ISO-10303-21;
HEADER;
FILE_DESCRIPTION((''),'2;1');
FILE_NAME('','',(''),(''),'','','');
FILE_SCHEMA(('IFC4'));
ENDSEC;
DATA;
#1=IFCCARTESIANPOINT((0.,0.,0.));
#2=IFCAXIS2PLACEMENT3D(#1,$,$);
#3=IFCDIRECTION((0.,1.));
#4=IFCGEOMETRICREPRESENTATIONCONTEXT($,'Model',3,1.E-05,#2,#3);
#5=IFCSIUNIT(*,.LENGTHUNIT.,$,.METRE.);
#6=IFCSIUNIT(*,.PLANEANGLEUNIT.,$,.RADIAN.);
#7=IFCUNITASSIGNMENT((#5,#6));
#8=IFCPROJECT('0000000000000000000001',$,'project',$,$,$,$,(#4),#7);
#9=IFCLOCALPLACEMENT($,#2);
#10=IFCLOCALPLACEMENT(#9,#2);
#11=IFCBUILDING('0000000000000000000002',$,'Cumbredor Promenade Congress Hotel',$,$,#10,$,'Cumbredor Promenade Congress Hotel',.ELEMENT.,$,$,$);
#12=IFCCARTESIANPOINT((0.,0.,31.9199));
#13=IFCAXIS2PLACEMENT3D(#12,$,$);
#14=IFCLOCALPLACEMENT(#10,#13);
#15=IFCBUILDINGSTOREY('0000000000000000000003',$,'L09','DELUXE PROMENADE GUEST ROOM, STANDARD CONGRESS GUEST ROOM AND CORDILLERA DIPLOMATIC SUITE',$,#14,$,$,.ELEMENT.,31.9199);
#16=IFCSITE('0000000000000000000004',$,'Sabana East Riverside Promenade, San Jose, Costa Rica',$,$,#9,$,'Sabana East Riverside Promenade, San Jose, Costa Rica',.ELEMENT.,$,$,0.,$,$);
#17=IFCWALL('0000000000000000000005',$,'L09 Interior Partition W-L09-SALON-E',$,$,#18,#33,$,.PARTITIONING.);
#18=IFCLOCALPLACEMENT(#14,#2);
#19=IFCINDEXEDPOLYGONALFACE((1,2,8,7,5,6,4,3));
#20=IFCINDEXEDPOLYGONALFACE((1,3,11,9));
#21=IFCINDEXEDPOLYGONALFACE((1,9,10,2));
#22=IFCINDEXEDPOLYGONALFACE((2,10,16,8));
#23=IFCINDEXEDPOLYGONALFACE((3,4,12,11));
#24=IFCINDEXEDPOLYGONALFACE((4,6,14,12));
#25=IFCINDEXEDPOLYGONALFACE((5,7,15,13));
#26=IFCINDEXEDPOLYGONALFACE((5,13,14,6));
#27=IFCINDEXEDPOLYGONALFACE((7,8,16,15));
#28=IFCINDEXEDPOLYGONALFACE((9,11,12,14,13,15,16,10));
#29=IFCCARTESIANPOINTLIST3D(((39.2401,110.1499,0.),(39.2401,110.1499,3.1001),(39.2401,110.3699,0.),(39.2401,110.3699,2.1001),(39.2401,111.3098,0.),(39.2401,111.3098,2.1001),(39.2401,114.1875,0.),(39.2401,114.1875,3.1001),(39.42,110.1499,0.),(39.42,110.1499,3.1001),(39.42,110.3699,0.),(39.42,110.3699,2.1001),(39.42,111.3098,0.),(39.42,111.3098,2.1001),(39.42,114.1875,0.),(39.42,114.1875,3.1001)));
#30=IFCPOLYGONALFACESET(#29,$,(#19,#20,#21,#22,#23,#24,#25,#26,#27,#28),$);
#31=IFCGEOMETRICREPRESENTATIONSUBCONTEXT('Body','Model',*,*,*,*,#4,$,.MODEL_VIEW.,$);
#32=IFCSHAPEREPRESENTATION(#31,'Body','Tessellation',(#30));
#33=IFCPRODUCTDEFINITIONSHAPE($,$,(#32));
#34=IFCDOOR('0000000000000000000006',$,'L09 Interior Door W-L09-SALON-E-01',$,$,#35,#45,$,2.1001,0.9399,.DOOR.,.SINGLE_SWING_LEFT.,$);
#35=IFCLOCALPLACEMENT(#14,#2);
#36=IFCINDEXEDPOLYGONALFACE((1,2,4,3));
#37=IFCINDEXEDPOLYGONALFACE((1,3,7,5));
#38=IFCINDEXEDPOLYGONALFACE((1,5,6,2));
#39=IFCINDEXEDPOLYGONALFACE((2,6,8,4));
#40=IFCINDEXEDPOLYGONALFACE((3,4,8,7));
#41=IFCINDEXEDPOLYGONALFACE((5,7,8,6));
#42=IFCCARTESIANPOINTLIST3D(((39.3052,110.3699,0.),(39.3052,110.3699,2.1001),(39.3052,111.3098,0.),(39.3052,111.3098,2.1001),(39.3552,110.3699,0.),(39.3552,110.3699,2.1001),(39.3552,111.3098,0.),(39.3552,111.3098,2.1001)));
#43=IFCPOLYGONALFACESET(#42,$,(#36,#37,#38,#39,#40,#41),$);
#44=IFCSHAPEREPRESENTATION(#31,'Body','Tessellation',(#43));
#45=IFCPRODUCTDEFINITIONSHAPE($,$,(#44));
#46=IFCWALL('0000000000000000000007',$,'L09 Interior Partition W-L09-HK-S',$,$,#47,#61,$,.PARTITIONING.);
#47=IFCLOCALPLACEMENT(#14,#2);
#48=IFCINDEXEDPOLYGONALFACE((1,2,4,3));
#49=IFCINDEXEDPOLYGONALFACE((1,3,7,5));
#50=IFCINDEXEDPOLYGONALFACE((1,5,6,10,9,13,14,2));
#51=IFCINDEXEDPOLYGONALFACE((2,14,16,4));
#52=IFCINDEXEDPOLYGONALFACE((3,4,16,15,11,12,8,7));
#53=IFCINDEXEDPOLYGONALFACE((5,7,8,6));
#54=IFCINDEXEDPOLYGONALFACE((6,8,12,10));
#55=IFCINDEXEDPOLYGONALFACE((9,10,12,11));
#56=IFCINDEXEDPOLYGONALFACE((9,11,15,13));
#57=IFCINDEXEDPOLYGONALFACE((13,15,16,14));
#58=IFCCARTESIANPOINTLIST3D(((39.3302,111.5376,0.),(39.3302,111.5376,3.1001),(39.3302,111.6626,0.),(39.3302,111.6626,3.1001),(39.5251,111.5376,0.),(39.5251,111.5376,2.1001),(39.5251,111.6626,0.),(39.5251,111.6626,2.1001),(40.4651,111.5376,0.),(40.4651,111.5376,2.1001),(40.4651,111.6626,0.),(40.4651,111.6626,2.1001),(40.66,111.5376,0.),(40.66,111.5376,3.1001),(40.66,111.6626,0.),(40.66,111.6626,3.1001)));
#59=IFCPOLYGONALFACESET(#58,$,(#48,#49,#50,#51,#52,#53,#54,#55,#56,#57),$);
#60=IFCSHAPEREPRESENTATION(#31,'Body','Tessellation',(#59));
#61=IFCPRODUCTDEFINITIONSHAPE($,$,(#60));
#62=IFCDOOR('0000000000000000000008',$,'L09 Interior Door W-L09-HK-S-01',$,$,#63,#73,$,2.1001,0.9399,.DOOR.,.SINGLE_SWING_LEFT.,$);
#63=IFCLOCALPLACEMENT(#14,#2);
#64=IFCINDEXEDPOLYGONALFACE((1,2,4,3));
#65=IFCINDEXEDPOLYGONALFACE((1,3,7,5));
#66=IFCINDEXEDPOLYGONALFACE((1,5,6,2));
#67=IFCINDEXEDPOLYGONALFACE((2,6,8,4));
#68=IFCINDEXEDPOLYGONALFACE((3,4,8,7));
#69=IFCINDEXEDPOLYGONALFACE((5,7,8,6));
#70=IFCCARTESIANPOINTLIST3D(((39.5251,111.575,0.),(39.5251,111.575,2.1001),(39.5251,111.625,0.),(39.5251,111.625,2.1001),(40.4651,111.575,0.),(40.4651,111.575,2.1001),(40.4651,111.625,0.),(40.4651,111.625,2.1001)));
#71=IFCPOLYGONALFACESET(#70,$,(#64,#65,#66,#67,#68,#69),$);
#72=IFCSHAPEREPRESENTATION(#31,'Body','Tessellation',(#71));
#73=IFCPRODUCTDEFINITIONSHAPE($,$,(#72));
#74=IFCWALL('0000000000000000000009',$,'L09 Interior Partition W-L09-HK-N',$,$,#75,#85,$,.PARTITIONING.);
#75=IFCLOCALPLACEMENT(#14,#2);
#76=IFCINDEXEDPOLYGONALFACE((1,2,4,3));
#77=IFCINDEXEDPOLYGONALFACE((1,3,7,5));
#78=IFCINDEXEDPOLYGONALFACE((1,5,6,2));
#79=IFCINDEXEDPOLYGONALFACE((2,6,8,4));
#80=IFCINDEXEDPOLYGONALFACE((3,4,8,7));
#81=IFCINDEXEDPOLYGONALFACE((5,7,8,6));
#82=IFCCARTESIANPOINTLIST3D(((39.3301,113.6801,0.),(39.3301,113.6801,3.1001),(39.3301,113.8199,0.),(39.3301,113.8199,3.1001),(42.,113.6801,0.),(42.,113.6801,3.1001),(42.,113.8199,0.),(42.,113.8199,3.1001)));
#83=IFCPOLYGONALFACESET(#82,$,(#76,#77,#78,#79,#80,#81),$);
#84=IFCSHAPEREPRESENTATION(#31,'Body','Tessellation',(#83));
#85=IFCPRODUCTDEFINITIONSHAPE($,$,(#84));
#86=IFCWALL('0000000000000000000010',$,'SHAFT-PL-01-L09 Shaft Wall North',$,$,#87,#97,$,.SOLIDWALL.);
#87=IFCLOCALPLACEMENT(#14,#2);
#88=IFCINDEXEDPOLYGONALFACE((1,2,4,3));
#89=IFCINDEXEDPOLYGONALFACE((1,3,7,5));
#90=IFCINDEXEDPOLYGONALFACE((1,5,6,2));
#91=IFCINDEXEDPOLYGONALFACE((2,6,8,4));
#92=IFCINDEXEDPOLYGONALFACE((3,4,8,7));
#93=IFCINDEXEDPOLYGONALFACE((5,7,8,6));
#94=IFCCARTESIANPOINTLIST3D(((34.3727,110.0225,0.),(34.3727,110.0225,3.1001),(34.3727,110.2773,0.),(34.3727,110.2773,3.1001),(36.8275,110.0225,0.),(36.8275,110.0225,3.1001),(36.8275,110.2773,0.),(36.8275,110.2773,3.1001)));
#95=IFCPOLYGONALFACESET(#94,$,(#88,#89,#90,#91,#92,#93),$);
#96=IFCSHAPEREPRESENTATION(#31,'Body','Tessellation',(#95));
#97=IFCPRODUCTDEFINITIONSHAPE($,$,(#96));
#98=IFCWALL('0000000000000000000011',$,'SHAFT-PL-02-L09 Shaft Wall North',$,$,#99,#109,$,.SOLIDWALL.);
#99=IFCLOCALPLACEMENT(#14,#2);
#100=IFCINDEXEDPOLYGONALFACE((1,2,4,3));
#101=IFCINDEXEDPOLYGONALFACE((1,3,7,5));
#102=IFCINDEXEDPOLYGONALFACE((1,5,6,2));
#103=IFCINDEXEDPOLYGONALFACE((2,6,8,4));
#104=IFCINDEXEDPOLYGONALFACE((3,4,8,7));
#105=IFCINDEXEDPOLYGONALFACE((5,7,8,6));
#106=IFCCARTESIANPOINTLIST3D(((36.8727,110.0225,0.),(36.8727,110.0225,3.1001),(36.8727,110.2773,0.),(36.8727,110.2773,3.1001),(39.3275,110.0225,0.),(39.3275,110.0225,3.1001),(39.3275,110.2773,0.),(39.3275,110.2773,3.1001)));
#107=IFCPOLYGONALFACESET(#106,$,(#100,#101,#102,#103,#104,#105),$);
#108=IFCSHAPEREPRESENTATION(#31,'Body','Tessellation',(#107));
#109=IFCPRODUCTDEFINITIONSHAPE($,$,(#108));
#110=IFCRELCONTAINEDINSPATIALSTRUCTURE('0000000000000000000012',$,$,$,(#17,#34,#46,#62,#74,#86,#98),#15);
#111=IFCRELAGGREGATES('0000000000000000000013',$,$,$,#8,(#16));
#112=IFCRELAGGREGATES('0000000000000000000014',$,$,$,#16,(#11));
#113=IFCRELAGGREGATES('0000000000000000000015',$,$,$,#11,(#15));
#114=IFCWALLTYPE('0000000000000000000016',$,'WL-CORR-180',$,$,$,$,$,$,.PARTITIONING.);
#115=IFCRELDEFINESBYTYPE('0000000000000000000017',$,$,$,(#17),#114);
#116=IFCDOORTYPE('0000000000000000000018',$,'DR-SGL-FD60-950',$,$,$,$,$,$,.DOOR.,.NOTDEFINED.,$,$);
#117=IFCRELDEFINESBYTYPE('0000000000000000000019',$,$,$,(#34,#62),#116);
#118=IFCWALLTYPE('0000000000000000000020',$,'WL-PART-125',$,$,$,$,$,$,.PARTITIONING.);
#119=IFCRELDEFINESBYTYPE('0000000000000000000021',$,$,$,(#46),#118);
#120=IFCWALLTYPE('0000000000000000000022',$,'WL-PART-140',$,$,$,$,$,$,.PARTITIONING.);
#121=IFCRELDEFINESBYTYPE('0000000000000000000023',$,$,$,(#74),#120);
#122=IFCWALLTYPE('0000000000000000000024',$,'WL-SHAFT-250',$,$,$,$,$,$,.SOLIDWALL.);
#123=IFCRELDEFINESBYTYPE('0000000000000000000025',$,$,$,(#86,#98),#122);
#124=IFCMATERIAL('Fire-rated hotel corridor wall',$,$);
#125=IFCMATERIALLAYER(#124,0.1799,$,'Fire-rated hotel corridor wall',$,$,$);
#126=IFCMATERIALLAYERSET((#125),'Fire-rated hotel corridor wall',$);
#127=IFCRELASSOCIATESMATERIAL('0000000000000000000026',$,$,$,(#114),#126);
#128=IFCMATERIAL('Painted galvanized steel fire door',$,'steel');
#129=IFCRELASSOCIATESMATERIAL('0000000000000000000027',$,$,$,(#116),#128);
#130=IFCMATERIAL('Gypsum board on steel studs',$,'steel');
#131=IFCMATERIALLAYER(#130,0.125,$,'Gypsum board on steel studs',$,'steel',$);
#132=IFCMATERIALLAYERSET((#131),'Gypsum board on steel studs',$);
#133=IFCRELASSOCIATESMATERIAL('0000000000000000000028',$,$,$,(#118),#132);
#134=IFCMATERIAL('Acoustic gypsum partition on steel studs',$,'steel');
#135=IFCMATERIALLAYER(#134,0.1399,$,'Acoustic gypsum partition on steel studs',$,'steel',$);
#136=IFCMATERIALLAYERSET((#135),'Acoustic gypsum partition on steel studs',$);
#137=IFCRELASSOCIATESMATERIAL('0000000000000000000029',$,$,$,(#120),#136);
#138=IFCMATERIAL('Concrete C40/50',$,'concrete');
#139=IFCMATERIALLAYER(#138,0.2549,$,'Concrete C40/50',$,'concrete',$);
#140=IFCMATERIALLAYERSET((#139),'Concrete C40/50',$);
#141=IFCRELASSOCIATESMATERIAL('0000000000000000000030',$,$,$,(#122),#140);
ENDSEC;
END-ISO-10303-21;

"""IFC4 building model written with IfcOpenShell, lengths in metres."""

from ifc_helpers import new_model, si_unit, direction, frame, frame_2d, origin, place, context, subcontext, project, spatial, rectangle, extrude, material, layer, layer_set, type_object, element, fill, save


model = new_model("IFC4")

# Units and contexts
model_context = context("Model", 3, precision=1e-05, world=origin(), true_north=direction((0.0, 1.0)))
body_context = subcontext(model_context, "Body", "Model", "MODEL_VIEW")
ifc_project = project(units=[si_unit("LENGTHUNIT", "METRE"), si_unit("PLANEANGLEUNIT", "RADIAN")], contexts=[model_context])

# Site, building, storey
site_placement = place(None, origin())
site = spatial("IfcSite", under=ifc_project, at=site_placement, Name="Sabana East Riverside Promenade, San Jose, Costa Rica", LongName="Sabana East Riverside Promenade, San Jose, Costa Rica", CompositionType="ELEMENT", RefElevation=0.0)
building_placement = place(site_placement, origin())
building = spatial("IfcBuilding", under=site, at=building_placement, Name="Cumbredor Promenade Congress Hotel", LongName="Cumbredor Promenade Congress Hotel", CompositionType="ELEMENT")
storey_placement = place(building_placement, frame((0.0, 0.0, 31.9199)))
storey = spatial("IfcBuildingStorey", under=building, at=storey_placement, Name="L09", Description="DELUXE PROMENADE GUEST ROOM, STANDARD CONGRESS GUEST ROOM AND CORDILLERA DIPLOMATIC SUITE", CompositionType="ELEMENT", Elevation=31.9199)

# Walls, openings, doors
ifc_material_1 = material(Name="Fire-rated hotel corridor wall")
ifc_layer_1 = layer(ifc_material_1, 0.1799, Name="Fire-rated hotel corridor wall")
ifc_layer_set_1 = layer_set([ifc_layer_1], Name="Fire-rated hotel corridor wall")
wall_type_1 = type_object("IfcWallType", Name="WL-CORR-180", PredefinedType="PARTITIONING", material=ifc_layer_set_1)
wall_1_placement = place(storey_placement, frame((39.3301, 110.1499, 0.0), z_axis=(0.0, 0.0, 1.0), x_axis=(0.0, 1.0, 0.0)))
wall_1 = element("IfcWall", 1, at=wall_1_placement, inside=storey, type_object=wall_type_1, Name="L09 Interior Partition W-L09-SALON-E", PredefinedType="PARTITIONING", context=body_context, shape_type="SweptSolid", body=[
    extrude(rectangle(XDim=4.0376, YDim=0.1799, at=frame_2d((2.0188, 0.0))), origin(), (0.0, 0.0, 1.0), 3.1001),
])
opening_1_placement = place(wall_1_placement, frame((0.22, 0.0, 0.0)))
opening_1 = element("IfcOpeningElement", 2, at=opening_1_placement, cuts=wall_1, PredefinedType="OPENING", context=body_context, shape_type="SweptSolid", body=[
    extrude(rectangle(XDim=0.9399, YDim=2.1001, at=frame_2d((0.47, 1.05))), frame((0.0, 0.1001, 0.0), z_axis=(0.0, -1.0, 0.0), x_axis=(1.0, 0.0, 0.0)), (0.0, 0.0, 1.0), 0.2),
])
ifc_material_2 = material(Name="Painted galvanized steel fire door", Category="steel")
door_type = type_object("IfcDoorType", Name="DR-SGL-FD60-950", OperationType="NOTDEFINED", PredefinedType="DOOR", material=ifc_material_2)
door_1_placement = place(opening_1_placement, origin())
door_1 = element("IfcDoor", 3, at=door_1_placement, inside=storey, type_object=door_type, Name="L09 Interior Door W-L09-SALON-E-01", OperationType="SINGLE_SWING_LEFT", OverallHeight=2.1001, OverallWidth=0.9399, PredefinedType="DOOR", context=body_context, shape_type="SweptSolid", body=[
    extrude(rectangle(XDim=0.9399, YDim=2.1001, at=frame_2d((0.47, 1.05))), frame((0.0, 0.0249, 0.0), z_axis=(0.0, -1.0, 0.0), x_axis=(1.0, 0.0, 0.0)), (0.0, 0.0, 1.0), 0.05),
])
fill(opening_1, door_1)
ifc_material_3 = material(Name="Gypsum board on steel studs", Category="steel")
ifc_layer_2 = layer(ifc_material_3, 0.125, Name="Gypsum board on steel studs", Category="steel")
ifc_layer_set_2 = layer_set([ifc_layer_2], Name="Gypsum board on steel studs")
wall_type_2 = type_object("IfcWallType", Name="WL-PART-125", PredefinedType="PARTITIONING", material=ifc_layer_set_2)
wall_2_placement = place(storey_placement, frame((39.3301, 111.6001, 0.0), z_axis=(0.0, 0.0, 1.0), x_axis=(1.0, 0.0, 0.0)))
wall_2 = element("IfcWall", 4, at=wall_2_placement, inside=storey, type_object=wall_type_2, Name="L09 Interior Partition W-L09-HK-S", PredefinedType="PARTITIONING", context=body_context, shape_type="SweptSolid", body=[
    extrude(rectangle(XDim=1.3298, YDim=0.125, at=frame_2d((0.665, 0.0))), origin(), (0.0, 0.0, 1.0), 3.1001),
])
opening_2_placement = place(wall_2_placement, frame((0.1951, 0.0, 0.0)))
opening_2 = element("IfcOpeningElement", 5, at=opening_2_placement, cuts=wall_2, PredefinedType="OPENING", context=body_context, shape_type="SweptSolid", body=[
    extrude(rectangle(XDim=0.9399, YDim=2.1001, at=frame_2d((0.47, 1.05))), frame((0.0, 0.0725, 0.0), z_axis=(0.0, -1.0, 0.0), x_axis=(1.0, 0.0, 0.0)), (0.0, 0.0, 1.0), 0.145),
])
door_2_placement = place(opening_2_placement, origin())
door_2 = element("IfcDoor", 6, at=door_2_placement, inside=storey, type_object=door_type, Name="L09 Interior Door W-L09-HK-S-01", OperationType="SINGLE_SWING_LEFT", OverallHeight=2.1001, OverallWidth=0.9399, PredefinedType="DOOR", context=body_context, shape_type="SweptSolid", body=[
    extrude(rectangle(XDim=0.9399, YDim=2.1001, at=frame_2d((0.47, 1.05))), frame((0.0, 0.0249, 0.0), z_axis=(0.0, -1.0, 0.0), x_axis=(1.0, 0.0, 0.0)), (0.0, 0.0, 1.0), 0.05),
])
fill(opening_2, door_2)

# Walls
ifc_material_4 = material(Name="Acoustic gypsum partition on steel studs", Category="steel")
ifc_layer_3 = layer(ifc_material_4, 0.1399, Name="Acoustic gypsum partition on steel studs", Category="steel")
ifc_layer_set_3 = layer_set([ifc_layer_3], Name="Acoustic gypsum partition on steel studs")
wall_type_3 = type_object("IfcWallType", Name="WL-PART-140", PredefinedType="PARTITIONING", material=ifc_layer_set_3)
wall_3_placement = place(storey_placement, frame((39.3301, 113.75, 0.0), z_axis=(0.0, 0.0, 1.0), x_axis=(1.0, 0.0, 0.0)))
element("IfcWall", 7, at=wall_3_placement, inside=storey, type_object=wall_type_3, Name="L09 Interior Partition W-L09-HK-N", PredefinedType="PARTITIONING", context=body_context, shape_type="SweptSolid", body=[
    extrude(rectangle(XDim=2.6699, YDim=0.1399, at=frame_2d((1.335, 0.0))), origin(), (0.0, 0.0, 1.0), 3.1001),
])
ifc_material_5 = material(Name="Concrete C40/50", Category="concrete")
ifc_layer_4 = layer(ifc_material_5, 0.2549, Name="Concrete C40/50", Category="concrete")
ifc_layer_set_4 = layer_set([ifc_layer_4], Name="Concrete C40/50")
wall_type_4 = type_object("IfcWallType", Name="WL-SHAFT-250", PredefinedType="SOLIDWALL", material=ifc_layer_set_4)
for number, where, z_axis, x_axis, name in (
    (8, (34.3726, 110.1499, 0.0), (0.0, 0.0, 1.0), (1.0, 0.0, 0.0), "SHAFT-PL-01-L09 Shaft Wall North"),
    (9, (36.8726, 110.1499, 0.0), (0.0, 0.0, 1.0), (1.0, 0.0, 0.0), "SHAFT-PL-02-L09 Shaft Wall North"),
):
    element("IfcWall", number, at=place(storey_placement, frame(where, z_axis=z_axis, x_axis=x_axis)), inside=storey, type_object=wall_type_4, Name=name, PredefinedType="SOLIDWALL", context=body_context, shape_type="SweptSolid", body=[
        extrude(rectangle(XDim=2.4548, YDim=0.2549, at=frame_2d((1.2275, 0.0))), origin(), (0.0, 0.0, 1.0), 3.1001),
    ])

save(model, "model.ifc")
